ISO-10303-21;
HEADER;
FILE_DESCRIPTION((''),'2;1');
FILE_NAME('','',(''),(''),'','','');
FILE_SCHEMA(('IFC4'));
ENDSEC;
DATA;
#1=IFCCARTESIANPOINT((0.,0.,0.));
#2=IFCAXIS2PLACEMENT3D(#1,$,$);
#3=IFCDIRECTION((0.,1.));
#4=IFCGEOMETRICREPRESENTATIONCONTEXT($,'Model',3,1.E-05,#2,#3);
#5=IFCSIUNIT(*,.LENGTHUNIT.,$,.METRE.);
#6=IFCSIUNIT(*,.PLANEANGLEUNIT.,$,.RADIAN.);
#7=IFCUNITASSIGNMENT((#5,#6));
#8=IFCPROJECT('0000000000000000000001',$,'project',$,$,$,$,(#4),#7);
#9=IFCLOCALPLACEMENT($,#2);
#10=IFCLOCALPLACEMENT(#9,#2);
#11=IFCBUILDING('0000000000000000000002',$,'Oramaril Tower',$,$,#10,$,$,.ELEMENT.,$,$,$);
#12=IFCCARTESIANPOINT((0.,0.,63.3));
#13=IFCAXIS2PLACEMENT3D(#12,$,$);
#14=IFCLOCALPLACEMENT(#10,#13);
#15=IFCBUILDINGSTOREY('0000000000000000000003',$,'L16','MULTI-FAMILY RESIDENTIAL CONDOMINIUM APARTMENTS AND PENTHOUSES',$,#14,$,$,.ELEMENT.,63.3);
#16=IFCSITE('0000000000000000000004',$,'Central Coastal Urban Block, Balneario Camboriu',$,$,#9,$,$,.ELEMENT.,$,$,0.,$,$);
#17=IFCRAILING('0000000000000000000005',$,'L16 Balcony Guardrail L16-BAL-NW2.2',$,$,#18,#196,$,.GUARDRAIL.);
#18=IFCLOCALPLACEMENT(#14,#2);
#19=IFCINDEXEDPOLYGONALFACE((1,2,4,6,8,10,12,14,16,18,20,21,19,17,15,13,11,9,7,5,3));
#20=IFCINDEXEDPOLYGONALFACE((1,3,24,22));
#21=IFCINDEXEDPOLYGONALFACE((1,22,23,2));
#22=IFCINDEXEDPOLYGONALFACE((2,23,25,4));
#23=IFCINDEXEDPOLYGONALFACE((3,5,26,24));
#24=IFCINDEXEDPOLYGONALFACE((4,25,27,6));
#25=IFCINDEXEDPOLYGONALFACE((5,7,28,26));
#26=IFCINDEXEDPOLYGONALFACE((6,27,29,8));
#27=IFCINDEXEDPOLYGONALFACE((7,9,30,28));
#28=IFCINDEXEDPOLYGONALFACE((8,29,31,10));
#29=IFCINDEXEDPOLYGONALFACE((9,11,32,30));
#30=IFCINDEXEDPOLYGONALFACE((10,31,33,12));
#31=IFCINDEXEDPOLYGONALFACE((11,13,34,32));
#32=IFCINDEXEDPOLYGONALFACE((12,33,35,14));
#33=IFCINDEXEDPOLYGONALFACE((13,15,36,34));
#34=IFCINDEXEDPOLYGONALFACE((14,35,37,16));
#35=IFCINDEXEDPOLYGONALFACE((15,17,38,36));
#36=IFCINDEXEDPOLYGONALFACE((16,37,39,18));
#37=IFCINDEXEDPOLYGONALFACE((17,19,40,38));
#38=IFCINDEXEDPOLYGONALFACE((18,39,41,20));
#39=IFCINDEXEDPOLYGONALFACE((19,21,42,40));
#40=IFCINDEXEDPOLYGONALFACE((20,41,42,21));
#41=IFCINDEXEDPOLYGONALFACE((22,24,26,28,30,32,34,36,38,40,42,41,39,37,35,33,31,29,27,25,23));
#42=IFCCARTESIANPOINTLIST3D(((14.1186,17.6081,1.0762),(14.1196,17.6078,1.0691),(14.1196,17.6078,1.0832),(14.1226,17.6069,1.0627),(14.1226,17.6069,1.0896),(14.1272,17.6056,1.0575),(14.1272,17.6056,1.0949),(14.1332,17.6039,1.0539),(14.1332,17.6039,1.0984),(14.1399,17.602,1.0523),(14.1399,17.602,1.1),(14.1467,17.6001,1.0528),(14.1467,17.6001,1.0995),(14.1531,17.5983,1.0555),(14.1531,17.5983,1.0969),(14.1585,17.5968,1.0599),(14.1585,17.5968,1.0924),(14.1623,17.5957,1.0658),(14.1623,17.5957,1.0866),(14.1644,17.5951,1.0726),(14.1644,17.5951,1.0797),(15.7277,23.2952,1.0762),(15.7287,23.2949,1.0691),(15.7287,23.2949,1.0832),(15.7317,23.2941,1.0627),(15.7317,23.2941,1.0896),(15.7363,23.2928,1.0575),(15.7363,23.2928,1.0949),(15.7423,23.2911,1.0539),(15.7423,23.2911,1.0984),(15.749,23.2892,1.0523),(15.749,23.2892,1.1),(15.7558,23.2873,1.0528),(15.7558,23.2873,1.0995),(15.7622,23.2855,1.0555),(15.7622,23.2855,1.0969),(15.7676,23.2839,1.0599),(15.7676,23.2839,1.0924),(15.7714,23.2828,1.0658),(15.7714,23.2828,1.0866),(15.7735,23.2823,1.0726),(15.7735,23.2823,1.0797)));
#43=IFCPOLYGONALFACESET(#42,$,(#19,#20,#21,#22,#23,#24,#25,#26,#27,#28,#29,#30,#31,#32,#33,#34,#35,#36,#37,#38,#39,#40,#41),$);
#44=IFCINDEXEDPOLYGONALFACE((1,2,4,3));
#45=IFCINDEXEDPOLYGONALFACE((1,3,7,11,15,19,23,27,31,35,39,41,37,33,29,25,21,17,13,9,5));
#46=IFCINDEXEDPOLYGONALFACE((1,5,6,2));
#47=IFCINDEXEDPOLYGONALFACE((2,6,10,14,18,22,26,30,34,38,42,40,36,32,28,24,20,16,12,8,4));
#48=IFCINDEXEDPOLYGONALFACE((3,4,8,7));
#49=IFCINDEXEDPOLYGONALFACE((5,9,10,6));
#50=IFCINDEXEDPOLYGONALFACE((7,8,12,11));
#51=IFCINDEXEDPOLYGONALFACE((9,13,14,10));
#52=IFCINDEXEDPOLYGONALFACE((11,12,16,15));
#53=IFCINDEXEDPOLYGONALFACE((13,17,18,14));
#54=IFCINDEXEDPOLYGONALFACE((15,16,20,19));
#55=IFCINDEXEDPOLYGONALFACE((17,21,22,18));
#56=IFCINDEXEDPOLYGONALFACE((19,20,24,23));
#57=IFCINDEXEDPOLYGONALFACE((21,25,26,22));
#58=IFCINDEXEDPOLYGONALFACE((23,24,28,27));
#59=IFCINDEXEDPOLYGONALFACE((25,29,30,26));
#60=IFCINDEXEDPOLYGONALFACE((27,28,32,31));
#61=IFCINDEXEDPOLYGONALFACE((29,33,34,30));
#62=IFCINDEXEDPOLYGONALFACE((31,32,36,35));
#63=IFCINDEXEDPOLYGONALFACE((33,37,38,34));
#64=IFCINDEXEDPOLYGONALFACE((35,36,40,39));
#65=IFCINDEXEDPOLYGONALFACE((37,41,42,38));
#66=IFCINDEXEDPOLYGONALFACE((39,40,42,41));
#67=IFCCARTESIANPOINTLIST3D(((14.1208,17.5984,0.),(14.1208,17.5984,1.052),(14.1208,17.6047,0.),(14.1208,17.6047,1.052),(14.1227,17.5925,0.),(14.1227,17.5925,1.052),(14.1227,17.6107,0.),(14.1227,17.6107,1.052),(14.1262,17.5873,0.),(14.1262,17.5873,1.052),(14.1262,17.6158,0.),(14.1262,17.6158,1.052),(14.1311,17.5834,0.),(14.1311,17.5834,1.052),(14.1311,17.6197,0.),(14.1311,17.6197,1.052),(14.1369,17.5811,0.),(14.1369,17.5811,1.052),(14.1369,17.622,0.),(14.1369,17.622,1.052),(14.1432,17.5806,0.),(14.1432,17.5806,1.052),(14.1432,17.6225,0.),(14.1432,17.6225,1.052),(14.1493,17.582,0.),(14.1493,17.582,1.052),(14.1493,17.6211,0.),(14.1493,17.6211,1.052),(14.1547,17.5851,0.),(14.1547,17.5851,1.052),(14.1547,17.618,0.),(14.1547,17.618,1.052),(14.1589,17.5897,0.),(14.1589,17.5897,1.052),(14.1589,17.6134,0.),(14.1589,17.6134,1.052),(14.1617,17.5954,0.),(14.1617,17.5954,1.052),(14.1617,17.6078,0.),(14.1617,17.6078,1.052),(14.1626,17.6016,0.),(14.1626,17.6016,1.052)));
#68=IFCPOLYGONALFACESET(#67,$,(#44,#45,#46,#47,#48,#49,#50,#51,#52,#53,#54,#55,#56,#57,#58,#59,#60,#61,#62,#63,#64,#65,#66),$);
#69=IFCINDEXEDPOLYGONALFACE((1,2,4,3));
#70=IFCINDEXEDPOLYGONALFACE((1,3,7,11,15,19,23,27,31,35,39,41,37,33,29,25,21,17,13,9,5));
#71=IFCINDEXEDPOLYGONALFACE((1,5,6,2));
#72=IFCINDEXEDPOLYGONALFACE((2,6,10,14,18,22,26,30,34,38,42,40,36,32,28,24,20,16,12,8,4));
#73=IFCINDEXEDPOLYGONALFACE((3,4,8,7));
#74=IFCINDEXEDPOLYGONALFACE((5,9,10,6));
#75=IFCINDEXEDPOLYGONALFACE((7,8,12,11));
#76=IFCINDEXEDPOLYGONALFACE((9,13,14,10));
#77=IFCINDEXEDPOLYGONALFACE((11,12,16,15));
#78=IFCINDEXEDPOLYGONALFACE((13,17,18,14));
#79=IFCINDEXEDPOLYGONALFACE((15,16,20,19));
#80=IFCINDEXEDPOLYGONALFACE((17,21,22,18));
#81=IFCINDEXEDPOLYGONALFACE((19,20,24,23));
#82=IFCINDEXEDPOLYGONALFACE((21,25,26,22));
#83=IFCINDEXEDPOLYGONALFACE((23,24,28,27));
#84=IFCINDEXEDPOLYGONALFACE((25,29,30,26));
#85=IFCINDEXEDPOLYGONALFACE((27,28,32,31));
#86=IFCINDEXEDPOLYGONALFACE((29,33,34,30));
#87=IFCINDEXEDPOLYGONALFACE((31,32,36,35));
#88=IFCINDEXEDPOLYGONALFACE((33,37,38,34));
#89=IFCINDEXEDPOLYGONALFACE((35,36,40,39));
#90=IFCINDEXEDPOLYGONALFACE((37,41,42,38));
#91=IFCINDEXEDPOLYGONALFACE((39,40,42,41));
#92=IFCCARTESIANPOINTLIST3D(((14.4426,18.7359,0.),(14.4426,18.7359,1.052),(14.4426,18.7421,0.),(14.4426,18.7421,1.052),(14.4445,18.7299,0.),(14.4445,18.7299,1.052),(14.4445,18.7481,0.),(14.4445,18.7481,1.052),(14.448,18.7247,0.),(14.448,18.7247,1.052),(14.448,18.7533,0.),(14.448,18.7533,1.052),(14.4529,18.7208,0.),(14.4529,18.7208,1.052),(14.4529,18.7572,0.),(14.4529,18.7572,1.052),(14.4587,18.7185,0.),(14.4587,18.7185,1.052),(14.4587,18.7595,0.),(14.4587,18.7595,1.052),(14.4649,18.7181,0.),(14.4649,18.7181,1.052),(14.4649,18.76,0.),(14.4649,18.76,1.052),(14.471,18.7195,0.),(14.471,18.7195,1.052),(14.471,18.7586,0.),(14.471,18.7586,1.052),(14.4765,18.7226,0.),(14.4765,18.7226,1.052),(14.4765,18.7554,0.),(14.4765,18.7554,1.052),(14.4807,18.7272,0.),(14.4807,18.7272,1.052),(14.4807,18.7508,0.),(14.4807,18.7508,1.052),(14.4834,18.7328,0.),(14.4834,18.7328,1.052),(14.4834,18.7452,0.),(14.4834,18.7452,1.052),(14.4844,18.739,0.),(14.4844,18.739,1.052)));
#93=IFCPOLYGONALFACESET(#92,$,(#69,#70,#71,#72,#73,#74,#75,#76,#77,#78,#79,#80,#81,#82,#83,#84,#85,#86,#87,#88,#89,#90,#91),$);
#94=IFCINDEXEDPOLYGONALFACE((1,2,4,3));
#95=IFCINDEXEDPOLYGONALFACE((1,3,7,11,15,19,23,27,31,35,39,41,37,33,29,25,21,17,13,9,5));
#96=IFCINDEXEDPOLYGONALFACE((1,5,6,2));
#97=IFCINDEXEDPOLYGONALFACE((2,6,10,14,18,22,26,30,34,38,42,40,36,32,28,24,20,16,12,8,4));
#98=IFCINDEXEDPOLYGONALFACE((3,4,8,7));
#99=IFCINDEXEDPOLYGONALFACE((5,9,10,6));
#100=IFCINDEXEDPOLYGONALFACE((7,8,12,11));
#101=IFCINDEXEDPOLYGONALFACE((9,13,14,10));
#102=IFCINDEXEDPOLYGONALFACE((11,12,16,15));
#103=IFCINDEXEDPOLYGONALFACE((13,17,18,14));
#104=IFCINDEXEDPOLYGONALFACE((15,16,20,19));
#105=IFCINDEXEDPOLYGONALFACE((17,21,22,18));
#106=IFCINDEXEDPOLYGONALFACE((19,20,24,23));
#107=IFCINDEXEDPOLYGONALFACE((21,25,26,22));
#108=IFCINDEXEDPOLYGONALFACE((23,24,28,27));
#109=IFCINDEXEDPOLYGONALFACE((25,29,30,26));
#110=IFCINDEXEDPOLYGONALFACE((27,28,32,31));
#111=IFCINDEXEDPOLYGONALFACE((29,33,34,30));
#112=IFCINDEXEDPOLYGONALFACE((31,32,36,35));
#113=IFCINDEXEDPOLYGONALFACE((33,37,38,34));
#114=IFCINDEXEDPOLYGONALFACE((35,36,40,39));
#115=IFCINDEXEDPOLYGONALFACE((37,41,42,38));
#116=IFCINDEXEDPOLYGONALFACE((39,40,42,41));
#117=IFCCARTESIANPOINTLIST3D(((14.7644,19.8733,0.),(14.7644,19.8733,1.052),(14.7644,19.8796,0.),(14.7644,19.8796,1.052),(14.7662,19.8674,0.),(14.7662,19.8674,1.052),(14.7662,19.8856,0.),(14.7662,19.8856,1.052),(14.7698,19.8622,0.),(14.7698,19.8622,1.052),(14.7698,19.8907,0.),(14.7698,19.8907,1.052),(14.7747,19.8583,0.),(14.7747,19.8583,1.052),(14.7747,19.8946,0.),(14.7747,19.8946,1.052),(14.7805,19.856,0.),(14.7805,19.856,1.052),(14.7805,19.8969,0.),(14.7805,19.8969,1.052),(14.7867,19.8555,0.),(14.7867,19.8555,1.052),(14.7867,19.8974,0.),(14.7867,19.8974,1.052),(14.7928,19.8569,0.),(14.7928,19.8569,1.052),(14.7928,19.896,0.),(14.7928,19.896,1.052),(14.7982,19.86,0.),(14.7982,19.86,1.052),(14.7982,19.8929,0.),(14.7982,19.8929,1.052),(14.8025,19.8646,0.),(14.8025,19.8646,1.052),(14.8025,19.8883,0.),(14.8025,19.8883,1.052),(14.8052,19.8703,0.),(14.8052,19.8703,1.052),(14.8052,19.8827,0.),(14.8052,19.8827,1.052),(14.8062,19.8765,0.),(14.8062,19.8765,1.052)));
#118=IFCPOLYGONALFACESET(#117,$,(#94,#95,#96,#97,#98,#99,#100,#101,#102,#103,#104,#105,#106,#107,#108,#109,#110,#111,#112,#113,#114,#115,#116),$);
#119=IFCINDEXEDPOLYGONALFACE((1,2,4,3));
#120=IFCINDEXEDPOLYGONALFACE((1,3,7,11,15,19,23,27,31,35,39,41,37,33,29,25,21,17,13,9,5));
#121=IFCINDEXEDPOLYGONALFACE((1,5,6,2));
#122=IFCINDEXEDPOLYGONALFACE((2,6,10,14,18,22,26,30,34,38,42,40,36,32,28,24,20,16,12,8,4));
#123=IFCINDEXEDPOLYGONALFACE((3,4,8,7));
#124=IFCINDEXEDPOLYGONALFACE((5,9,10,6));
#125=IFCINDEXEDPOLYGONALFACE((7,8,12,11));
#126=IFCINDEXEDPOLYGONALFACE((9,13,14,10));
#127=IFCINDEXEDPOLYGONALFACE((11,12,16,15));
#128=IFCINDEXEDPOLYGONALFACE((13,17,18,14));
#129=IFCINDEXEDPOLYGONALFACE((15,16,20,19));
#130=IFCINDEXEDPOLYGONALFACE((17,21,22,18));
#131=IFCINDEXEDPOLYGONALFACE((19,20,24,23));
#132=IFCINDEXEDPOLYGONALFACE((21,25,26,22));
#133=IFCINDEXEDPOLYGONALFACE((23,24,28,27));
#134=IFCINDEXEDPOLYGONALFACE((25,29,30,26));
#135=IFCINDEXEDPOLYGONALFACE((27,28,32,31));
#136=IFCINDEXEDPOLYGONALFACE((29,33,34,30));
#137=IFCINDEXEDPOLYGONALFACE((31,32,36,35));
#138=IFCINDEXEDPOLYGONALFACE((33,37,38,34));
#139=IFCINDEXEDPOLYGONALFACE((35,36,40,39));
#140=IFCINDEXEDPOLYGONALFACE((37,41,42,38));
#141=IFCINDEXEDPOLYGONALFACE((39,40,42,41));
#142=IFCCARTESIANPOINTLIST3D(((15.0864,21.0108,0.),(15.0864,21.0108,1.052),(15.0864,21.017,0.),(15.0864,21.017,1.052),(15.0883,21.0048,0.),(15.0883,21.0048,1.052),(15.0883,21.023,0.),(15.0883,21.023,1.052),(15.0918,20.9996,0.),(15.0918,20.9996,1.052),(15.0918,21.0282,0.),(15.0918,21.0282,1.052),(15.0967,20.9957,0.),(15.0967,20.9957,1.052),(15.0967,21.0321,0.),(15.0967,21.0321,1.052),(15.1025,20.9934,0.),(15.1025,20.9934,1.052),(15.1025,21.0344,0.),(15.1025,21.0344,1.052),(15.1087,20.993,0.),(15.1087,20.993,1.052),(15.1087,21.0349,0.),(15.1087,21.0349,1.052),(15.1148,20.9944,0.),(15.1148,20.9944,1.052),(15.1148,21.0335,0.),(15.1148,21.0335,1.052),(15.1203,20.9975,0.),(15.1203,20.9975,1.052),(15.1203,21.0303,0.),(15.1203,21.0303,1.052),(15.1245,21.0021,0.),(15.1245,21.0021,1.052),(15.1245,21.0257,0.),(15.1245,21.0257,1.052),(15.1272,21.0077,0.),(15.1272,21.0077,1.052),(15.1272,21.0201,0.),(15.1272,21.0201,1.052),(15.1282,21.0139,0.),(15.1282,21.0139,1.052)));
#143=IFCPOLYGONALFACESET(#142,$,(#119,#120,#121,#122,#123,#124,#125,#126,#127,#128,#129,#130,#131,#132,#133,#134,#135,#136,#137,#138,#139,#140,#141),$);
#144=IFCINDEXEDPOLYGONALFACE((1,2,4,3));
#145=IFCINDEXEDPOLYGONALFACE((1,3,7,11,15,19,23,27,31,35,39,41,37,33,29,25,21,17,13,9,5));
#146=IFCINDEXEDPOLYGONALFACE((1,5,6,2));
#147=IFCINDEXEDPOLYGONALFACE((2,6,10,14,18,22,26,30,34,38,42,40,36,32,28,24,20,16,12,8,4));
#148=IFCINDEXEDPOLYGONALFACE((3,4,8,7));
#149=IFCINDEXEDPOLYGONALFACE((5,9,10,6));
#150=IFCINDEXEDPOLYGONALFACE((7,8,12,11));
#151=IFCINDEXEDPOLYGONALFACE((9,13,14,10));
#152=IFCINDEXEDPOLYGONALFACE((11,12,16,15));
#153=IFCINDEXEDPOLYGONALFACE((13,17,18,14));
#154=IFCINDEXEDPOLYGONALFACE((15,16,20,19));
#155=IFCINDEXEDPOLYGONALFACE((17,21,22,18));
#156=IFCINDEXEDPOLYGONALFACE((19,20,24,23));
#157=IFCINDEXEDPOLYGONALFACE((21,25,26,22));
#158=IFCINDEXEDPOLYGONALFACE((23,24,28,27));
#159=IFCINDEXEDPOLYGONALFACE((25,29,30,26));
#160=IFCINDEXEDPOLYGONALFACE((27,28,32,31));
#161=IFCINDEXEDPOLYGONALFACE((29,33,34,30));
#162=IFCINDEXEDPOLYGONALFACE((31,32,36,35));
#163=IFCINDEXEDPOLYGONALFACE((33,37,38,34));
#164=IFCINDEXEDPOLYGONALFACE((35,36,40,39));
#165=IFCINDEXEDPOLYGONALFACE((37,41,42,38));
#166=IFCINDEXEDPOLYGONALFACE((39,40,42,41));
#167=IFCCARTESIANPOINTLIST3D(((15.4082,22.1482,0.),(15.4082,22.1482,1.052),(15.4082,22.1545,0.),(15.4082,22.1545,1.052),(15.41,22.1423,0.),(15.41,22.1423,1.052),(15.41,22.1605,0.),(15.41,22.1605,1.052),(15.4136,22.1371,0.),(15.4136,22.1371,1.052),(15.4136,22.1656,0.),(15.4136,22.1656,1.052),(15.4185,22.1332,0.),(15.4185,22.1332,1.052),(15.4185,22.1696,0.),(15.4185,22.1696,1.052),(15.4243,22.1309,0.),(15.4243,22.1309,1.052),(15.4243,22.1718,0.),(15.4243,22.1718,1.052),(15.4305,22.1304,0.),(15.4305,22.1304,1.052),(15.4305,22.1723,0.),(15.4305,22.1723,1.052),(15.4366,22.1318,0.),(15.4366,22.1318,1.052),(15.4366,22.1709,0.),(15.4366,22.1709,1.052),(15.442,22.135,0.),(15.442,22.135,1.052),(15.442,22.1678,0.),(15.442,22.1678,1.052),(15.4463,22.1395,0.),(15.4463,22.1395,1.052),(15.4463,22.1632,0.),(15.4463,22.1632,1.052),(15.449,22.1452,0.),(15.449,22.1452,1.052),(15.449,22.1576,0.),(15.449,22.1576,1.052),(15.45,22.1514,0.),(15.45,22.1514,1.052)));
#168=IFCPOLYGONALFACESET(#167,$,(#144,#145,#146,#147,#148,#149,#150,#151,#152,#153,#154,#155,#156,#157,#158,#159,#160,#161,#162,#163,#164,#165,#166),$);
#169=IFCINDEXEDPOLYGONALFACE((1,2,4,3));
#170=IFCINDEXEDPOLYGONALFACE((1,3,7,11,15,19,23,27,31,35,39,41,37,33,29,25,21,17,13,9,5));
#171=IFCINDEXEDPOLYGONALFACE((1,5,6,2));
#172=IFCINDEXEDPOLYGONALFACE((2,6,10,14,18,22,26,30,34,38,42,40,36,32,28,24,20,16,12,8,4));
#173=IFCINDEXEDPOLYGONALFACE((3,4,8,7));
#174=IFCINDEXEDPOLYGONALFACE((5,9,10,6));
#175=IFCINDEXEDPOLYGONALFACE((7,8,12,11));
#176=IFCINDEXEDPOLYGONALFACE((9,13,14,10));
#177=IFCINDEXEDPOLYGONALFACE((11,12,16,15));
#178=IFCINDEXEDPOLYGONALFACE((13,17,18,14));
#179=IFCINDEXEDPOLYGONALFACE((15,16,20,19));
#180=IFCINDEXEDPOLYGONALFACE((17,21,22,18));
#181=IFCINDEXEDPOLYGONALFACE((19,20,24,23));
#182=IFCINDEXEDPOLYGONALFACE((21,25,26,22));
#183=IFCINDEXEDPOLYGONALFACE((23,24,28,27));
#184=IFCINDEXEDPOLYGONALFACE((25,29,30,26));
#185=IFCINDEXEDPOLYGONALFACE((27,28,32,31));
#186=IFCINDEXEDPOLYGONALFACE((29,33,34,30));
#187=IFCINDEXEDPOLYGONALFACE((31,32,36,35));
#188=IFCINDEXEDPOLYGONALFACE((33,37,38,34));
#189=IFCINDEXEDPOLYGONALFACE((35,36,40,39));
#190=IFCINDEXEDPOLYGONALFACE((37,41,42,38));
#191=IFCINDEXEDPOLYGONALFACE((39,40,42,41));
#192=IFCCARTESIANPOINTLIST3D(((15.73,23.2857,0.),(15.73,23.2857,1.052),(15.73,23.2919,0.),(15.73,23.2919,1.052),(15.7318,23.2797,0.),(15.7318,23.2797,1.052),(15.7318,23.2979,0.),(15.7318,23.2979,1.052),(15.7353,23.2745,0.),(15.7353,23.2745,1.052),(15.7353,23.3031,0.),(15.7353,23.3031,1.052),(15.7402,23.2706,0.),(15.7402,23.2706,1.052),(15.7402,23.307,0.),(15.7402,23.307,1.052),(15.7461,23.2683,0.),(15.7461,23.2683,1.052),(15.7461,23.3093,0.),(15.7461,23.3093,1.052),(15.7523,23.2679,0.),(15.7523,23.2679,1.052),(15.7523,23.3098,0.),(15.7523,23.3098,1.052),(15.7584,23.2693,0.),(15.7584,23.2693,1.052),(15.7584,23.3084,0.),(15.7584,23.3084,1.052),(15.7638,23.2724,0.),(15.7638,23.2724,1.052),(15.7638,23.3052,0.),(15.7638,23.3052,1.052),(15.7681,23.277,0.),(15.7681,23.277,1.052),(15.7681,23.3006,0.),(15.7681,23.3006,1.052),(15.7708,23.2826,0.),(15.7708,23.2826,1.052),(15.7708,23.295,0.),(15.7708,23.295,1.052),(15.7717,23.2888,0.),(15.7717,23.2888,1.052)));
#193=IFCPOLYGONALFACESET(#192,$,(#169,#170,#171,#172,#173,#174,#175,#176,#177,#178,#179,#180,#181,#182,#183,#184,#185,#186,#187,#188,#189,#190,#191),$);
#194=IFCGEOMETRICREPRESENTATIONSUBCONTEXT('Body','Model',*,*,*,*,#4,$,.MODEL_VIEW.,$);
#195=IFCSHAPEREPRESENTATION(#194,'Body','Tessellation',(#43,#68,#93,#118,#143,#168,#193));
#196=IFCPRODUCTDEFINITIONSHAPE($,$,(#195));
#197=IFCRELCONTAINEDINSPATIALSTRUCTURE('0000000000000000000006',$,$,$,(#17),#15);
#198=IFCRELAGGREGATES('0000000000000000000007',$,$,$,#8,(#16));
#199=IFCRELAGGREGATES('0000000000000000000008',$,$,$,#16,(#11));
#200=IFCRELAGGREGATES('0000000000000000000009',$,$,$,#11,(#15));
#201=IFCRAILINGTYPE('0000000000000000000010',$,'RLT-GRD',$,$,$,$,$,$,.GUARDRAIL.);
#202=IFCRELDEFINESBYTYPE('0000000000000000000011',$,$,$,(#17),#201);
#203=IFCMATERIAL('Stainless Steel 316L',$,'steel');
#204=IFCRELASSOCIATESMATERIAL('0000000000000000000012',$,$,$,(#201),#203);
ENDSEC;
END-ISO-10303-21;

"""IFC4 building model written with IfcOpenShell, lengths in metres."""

from ifc_helpers import new_model, si_unit, direction, frame, origin, origin_2d, place, context, subcontext, project, spatial, circle, extrude, material, type_object, element, save


model = new_model("IFC4")

# Units and contexts
model_context = context("Model", 3, precision=1e-05, world=origin(), true_north=direction((0.0, 1.0)))
body_context = subcontext(model_context, "Body", "Model", "MODEL_VIEW")
ifc_project = project(units=[si_unit("LENGTHUNIT", "METRE"), si_unit("PLANEANGLEUNIT", "RADIAN")], contexts=[model_context])

# Site, building, storey
site_placement = place(None, origin())
site = spatial("IfcSite", under=ifc_project, at=site_placement, Name="Central Coastal Urban Block, Balneario Camboriu", CompositionType="ELEMENT", RefElevation=0.0)
building_placement = place(site_placement, origin())
building = spatial("IfcBuilding", under=site, at=building_placement, Name="Oramaril Tower", CompositionType="ELEMENT")
storey_placement = place(building_placement, frame((0.0, 0.0, 63.3)))
storey = spatial("IfcBuildingStorey", under=building, at=storey_placement, Name="L16", Description="MULTI-FAMILY RESIDENTIAL CONDOMINIUM APARTMENTS AND PENTHOUSES", CompositionType="ELEMENT", Elevation=63.3)

# Railing
ifc_material_1 = material(Name="Stainless Steel 316L", Category="steel")
railing_type = type_object("IfcRailingType", Name="RLT-GRD", PredefinedType="GUARDRAIL", material=ifc_material_1)
railing_1_placement = place(storey_placement, frame((14.1416, 17.6016, 0.0)))
element("IfcRailing", 1, at=railing_1_placement, inside=storey, type_object=railing_type, Name="L16 Balcony Guardrail L16-BAL-NW2.2", PredefinedType="GUARDRAIL", context=body_context, shape_type="SweptSolid", body=[
    extrude(circle(Radius=0.0239, at=origin_2d()), frame((0.0, 0.0, 1.0762), z_axis=(0.272249, 0.962227, 0.0), x_axis=(-0.962227, 0.272249, 0.0)), (0.0, 0.0, 1.0), 5.9104),
    extrude(circle(Radius=0.021, at=origin_2d()), origin(), (0.0, 0.0, 1.0), 1.052),
    extrude(circle(Radius=0.021, at=origin_2d()), frame((0.3218, 1.1375, 0.0)), (0.0, 0.0, 1.0), 1.052),
    extrude(circle(Radius=0.021, at=origin_2d()), frame((0.6436, 2.2749, 0.0)), (0.0, 0.0, 1.0), 1.052),
    extrude(circle(Radius=0.021, at=origin_2d()), frame((0.9656, 3.4124, 0.0)), (0.0, 0.0, 1.0), 1.052),
    extrude(circle(Radius=0.021, at=origin_2d()), frame((1.2874, 4.5498, 0.0)), (0.0, 0.0, 1.0), 1.052),
    extrude(circle(Radius=0.021, at=origin_2d()), frame((1.6091, 5.6873, 0.0)), (0.0, 0.0, 1.0), 1.052),
])

save(model, "model.ifc")
